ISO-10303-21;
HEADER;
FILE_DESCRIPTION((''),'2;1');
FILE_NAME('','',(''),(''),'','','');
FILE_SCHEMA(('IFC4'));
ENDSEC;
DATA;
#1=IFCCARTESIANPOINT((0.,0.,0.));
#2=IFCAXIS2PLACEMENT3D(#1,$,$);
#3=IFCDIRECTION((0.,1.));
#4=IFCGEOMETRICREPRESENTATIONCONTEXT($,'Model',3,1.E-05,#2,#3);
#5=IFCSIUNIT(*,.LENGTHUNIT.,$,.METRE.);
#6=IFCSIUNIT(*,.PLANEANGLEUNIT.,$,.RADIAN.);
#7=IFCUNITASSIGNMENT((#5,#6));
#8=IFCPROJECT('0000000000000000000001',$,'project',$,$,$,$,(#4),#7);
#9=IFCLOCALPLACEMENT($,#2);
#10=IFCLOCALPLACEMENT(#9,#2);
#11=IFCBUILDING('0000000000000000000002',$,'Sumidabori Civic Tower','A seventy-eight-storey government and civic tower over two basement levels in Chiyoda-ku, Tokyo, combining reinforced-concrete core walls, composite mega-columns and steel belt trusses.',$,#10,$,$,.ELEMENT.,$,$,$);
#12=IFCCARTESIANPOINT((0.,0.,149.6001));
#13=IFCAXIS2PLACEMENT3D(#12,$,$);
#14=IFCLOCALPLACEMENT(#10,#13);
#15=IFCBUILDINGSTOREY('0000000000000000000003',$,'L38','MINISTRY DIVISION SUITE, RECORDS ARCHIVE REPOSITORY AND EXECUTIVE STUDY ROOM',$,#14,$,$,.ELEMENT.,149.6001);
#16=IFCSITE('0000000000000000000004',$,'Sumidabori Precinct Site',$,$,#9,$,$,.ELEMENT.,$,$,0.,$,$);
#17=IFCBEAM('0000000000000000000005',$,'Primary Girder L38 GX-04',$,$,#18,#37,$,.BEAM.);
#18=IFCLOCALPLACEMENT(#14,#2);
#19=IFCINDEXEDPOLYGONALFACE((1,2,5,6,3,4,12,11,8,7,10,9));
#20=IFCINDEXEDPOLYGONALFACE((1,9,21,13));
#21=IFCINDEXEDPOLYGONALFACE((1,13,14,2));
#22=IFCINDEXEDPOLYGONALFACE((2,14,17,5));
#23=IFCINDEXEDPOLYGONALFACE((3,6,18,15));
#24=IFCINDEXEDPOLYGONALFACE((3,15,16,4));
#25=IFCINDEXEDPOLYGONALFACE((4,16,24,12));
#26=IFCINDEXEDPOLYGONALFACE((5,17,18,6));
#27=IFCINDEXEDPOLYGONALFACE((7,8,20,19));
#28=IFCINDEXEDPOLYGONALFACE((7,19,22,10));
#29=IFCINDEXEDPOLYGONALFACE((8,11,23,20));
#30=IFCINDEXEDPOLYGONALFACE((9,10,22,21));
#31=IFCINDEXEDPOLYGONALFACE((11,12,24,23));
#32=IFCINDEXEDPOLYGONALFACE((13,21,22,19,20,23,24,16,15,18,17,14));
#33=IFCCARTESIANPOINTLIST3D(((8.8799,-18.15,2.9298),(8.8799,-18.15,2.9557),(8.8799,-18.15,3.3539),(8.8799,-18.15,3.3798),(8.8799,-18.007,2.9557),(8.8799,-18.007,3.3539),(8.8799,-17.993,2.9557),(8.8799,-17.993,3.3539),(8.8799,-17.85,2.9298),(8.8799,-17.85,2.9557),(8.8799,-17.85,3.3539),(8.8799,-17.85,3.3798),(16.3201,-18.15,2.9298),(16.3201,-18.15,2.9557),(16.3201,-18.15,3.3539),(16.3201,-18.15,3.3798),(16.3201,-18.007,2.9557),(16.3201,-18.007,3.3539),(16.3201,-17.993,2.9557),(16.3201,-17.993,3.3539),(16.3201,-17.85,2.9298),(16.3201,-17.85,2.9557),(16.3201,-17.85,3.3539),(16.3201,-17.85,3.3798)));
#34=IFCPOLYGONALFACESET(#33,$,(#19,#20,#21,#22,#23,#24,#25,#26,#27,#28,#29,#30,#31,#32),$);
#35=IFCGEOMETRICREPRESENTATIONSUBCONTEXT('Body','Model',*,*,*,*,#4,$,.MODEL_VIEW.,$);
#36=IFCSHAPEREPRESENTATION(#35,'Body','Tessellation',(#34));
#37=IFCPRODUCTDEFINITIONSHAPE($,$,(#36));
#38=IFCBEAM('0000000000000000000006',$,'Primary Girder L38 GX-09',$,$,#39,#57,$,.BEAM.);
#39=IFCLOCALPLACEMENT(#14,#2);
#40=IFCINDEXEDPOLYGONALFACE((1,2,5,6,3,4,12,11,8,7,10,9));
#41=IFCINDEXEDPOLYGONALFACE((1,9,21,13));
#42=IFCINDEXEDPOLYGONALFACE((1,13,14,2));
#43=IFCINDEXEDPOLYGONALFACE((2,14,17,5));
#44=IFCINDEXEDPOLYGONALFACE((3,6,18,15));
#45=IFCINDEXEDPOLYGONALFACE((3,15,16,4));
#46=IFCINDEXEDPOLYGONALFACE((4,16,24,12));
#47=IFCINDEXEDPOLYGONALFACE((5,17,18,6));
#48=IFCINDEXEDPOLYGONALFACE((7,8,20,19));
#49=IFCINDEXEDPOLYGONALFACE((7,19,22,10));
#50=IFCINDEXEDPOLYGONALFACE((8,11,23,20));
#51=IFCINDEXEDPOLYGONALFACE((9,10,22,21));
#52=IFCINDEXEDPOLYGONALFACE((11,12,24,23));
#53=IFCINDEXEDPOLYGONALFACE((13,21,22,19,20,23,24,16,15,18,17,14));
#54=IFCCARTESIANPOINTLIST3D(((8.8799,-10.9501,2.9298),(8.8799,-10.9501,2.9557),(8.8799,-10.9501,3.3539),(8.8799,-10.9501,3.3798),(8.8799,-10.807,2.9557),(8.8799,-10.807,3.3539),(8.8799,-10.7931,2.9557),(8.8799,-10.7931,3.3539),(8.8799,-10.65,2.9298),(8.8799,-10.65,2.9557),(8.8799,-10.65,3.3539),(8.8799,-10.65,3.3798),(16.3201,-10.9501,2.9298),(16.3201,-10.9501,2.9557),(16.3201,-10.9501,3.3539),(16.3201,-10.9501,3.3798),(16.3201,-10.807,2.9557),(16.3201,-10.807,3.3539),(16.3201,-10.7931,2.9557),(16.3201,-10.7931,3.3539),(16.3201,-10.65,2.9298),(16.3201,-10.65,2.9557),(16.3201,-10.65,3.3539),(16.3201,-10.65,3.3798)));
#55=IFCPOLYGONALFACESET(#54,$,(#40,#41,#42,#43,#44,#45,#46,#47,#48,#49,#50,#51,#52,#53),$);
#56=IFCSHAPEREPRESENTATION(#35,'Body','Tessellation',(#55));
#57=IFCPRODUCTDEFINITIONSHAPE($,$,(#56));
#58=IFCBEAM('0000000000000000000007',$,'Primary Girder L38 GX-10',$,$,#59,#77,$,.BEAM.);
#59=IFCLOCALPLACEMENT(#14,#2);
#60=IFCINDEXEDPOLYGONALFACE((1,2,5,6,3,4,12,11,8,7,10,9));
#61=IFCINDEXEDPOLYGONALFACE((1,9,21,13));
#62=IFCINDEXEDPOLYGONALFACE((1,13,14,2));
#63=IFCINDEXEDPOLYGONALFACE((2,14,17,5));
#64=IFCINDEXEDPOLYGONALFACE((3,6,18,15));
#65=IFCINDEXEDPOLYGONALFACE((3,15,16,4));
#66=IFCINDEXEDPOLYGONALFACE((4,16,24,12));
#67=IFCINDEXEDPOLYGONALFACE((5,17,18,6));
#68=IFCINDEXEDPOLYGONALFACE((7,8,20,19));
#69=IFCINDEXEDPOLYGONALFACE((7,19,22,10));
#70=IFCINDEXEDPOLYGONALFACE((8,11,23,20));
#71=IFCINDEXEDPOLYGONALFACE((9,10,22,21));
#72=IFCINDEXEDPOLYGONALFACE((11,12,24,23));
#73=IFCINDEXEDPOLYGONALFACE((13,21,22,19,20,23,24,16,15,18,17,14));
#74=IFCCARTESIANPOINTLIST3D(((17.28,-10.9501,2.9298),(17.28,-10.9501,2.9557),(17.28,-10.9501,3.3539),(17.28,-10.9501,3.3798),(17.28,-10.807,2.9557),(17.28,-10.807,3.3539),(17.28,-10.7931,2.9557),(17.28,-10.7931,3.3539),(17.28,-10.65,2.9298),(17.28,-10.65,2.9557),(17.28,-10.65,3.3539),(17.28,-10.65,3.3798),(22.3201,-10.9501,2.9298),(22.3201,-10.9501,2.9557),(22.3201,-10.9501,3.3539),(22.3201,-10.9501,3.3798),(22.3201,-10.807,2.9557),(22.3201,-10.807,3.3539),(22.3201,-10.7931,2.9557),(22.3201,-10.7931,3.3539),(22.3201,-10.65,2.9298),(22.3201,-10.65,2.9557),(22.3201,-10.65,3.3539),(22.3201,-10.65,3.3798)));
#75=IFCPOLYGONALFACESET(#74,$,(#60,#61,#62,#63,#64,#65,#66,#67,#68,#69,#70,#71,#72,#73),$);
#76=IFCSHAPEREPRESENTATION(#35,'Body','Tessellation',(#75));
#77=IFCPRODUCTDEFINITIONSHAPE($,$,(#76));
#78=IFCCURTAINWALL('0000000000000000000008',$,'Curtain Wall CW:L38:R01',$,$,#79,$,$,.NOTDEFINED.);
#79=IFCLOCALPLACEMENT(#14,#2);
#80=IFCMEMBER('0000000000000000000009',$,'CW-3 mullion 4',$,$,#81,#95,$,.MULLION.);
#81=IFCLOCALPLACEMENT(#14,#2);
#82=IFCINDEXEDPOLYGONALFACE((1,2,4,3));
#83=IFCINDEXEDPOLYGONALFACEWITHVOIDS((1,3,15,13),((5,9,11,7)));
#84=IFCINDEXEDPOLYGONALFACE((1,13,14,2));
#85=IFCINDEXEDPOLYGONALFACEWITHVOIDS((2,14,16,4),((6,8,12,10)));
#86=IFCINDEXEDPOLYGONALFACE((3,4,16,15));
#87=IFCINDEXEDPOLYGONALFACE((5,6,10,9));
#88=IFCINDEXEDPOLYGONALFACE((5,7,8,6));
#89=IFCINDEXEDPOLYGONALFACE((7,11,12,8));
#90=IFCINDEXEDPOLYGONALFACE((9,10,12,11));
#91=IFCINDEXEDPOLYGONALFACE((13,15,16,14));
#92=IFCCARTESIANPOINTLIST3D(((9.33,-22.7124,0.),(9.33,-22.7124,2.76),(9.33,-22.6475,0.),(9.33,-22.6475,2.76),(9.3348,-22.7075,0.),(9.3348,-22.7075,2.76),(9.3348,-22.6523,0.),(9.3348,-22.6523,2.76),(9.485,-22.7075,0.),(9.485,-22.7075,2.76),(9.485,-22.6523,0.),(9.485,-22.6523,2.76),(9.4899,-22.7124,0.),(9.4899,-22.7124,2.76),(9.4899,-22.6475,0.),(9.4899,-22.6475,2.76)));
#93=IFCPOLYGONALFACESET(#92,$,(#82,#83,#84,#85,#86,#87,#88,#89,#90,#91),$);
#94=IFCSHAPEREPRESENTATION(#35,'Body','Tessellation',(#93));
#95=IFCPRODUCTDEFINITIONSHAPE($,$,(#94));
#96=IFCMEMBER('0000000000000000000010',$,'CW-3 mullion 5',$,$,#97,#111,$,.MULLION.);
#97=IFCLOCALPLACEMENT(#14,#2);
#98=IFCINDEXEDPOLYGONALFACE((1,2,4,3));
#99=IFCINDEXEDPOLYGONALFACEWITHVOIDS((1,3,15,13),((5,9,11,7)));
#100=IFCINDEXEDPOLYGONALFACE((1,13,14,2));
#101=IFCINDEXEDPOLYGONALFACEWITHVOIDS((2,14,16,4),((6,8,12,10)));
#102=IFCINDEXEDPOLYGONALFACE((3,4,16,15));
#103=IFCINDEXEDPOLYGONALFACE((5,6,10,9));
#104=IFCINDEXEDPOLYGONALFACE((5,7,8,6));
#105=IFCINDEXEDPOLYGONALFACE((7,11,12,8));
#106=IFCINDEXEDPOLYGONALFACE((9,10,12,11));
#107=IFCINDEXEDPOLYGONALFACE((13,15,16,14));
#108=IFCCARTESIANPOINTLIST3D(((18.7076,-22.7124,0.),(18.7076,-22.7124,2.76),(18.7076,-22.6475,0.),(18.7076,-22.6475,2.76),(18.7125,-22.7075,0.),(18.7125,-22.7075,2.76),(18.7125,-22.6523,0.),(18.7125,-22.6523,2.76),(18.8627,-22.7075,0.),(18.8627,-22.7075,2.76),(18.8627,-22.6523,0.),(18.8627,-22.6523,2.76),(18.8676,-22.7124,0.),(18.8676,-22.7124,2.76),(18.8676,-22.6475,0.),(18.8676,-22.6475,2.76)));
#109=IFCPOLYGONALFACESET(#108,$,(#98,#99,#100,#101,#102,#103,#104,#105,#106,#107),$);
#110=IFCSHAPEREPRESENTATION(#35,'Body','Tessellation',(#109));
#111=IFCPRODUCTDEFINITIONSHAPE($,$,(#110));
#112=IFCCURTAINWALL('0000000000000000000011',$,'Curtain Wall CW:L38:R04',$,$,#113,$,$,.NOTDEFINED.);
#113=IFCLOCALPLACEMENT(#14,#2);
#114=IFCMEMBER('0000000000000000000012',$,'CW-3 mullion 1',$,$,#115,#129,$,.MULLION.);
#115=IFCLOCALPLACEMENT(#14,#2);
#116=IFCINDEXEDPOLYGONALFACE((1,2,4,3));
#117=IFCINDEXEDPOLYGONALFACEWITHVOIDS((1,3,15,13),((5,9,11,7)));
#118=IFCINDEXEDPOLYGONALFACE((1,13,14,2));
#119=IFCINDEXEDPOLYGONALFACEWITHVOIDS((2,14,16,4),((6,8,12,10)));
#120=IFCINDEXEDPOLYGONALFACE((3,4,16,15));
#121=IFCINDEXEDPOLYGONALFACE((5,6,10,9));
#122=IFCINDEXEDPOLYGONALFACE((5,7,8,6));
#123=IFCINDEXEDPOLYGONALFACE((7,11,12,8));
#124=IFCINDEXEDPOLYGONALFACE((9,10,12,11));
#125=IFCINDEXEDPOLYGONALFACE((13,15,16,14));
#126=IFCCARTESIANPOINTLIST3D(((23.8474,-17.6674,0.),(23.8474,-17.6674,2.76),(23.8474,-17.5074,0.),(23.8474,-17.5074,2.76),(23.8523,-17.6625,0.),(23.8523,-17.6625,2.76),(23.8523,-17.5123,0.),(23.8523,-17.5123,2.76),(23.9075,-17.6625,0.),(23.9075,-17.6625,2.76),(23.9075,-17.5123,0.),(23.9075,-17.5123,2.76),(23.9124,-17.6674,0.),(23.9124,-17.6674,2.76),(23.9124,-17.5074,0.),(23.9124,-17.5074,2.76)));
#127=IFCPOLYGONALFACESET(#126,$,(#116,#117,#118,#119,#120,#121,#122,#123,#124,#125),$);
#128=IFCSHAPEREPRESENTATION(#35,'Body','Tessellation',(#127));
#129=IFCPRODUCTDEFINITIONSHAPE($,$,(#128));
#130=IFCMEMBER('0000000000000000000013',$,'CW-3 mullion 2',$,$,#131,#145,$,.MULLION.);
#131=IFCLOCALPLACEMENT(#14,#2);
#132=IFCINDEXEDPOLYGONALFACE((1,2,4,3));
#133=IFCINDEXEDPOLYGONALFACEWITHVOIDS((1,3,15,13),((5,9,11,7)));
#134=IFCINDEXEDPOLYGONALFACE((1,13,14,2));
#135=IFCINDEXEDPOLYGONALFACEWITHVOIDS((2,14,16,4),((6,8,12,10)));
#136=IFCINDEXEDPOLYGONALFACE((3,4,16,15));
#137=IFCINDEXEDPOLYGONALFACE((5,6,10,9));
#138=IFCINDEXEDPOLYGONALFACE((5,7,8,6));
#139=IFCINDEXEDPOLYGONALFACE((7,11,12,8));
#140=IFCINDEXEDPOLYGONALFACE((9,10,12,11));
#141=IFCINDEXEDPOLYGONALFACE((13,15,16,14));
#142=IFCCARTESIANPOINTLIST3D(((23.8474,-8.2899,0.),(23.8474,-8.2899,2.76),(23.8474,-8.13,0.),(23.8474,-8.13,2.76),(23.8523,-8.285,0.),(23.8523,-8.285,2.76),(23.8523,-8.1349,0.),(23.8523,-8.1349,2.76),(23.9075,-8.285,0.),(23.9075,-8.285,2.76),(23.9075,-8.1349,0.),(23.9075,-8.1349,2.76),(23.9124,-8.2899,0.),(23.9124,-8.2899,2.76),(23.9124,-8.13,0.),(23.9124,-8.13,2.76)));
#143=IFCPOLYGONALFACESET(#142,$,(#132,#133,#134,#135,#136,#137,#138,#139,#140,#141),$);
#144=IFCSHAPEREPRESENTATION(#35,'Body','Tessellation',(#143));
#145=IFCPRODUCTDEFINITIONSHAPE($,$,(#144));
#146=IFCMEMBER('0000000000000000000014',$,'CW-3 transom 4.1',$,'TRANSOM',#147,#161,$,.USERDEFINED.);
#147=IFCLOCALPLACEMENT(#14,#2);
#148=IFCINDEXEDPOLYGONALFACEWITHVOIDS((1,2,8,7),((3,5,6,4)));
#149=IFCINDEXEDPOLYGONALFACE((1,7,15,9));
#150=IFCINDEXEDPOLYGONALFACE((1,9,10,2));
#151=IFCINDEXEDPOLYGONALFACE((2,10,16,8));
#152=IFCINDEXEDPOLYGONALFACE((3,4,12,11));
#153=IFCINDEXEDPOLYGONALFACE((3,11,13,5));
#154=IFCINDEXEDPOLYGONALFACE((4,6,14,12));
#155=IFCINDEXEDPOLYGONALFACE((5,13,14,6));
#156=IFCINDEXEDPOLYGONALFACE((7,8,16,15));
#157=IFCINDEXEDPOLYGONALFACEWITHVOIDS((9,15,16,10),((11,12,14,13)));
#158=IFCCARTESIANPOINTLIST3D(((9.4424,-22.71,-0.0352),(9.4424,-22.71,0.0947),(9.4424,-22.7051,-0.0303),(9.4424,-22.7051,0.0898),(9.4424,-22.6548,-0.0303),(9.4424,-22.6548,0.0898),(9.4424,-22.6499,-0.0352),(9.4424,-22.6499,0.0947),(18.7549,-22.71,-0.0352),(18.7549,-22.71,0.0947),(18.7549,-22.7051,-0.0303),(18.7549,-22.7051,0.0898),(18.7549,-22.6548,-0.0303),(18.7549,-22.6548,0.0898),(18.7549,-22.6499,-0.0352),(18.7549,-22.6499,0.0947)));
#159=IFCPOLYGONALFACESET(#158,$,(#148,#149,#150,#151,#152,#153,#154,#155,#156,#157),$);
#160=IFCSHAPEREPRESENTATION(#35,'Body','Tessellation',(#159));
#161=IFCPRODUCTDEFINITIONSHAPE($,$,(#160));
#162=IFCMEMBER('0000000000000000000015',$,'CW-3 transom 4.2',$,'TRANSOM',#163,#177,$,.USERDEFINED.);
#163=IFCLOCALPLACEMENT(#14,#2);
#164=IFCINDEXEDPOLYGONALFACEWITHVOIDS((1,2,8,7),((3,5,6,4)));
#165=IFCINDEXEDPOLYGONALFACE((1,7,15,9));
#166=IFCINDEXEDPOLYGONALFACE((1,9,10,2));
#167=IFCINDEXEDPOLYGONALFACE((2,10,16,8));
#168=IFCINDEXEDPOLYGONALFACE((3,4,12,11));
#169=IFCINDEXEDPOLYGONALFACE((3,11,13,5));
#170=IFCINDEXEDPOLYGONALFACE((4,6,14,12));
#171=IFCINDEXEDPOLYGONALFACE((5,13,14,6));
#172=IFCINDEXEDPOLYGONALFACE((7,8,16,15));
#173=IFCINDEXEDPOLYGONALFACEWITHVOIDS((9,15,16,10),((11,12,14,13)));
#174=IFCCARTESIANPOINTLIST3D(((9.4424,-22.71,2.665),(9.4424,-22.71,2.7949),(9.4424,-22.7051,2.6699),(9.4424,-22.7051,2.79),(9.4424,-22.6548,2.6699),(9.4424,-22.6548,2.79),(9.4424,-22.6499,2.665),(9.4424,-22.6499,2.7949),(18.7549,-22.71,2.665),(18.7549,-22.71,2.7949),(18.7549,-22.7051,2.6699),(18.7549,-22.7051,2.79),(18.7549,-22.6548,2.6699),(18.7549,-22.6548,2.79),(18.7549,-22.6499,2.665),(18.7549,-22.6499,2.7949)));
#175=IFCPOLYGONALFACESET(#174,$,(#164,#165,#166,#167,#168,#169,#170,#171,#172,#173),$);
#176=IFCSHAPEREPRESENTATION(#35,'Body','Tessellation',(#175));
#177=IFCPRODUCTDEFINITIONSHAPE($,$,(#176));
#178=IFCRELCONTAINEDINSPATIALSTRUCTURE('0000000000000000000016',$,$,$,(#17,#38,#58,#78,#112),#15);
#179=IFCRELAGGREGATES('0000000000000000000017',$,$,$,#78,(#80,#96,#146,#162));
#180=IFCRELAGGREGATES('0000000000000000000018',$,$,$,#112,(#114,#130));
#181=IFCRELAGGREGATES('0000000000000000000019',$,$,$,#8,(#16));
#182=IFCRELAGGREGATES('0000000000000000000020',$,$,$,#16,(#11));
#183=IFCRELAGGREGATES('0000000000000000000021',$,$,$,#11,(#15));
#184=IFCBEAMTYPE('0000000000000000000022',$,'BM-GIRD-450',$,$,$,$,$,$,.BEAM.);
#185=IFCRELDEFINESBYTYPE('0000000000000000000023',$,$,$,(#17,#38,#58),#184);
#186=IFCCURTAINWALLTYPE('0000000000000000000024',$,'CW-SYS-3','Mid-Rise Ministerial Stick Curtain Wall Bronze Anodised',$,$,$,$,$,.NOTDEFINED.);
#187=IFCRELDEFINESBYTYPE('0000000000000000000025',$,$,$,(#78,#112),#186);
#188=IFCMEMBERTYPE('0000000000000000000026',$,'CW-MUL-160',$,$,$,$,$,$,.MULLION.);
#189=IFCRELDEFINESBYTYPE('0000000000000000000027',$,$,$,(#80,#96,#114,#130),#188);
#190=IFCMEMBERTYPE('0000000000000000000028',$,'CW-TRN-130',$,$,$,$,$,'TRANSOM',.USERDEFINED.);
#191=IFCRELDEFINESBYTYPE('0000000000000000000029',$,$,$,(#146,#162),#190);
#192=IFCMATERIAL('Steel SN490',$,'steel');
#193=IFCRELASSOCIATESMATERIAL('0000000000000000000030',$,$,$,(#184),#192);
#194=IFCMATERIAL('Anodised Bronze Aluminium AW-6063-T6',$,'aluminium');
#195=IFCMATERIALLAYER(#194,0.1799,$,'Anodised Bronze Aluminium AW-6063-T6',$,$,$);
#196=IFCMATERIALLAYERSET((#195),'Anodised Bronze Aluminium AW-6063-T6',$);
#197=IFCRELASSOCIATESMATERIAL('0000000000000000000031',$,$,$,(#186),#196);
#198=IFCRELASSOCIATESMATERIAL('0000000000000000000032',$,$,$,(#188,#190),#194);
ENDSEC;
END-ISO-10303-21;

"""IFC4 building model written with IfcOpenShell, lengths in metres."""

from ifc_helpers import new_model, si_unit, direction, frame, origin, origin_2d, place, context, subcontext, project, spatial, hollow_rectangle, i_section, extrude, source, transform, mapped, material, layer, layer_set, material_profile, profile_set, type_object, element, aggregate, save


model = new_model("IFC4")

# Units and contexts
model_context = context("Model", 3, precision=1e-05, world=origin(), true_north=direction((0.0, 1.0)))
body_context = subcontext(model_context, "Body", "Model", "MODEL_VIEW")
ifc_project = project(units=[si_unit("LENGTHUNIT", "METRE"), si_unit("PLANEANGLEUNIT", "RADIAN")], contexts=[model_context])

# Site, building, storey
site_placement = place(None, origin())
site = spatial("IfcSite", under=ifc_project, at=site_placement, Name="Sumidabori Precinct Site", CompositionType="ELEMENT", RefElevation=0.0)
building_placement = place(site_placement, origin())
building = spatial("IfcBuilding", under=site, at=building_placement, Name="Sumidabori Civic Tower", Description="A seventy-eight-storey government and civic tower over two basement levels in Chiyoda-ku, Tokyo, combining reinforced-concrete core walls, composite mega-columns and steel belt trusses.", CompositionType="ELEMENT")
storey_placement = place(building_placement, frame((0.0, 0.0, 149.6001)))
storey = spatial("IfcBuildingStorey", under=building, at=storey_placement, Name="L38", Description="MINISTRY DIVISION SUITE, RECORDS ARCHIVE REPOSITORY AND EXECUTIVE STUDY ROOM", CompositionType="ELEMENT", Elevation=149.6001)

# Beams
ifc_material_1 = material(Name="Steel SN490", Category="steel")
ifc_material_profile_1 = material_profile(ifc_material_1, i_section(OverallWidth=0.3, OverallDepth=0.45, WebThickness=0.0139, FlangeThickness=0.0259, at=origin_2d()), Name="HE 450 B")
ifc_profile_set_1 = profile_set([ifc_material_profile_1], Name="Steel SN490")
beam_type_1 = type_object("IfcBeamType", Name="BM-GIRD-450", PredefinedType="BEAM", material=ifc_profile_set_1)
shared_shape_1 = source(origin(), body_context, "Body", "SweptSolid", [
    extrude(i_section(OverallWidth=0.3, OverallDepth=0.45, WebThickness=0.0139, FlangeThickness=0.0259, at=origin_2d()), origin(), (0.0, 0.0, 1.0), 7.4402),
])
for number, where, z_axis, x_axis, name in (
    (1, (8.8799, -18.0, 3.1548), (1.0, 0.0, 0.0), (0.0, 1.0, 0.0), "Primary Girder L38 GX-04"),
    (2, (8.8799, -10.8, 3.1548), (1.0, 0.0, 0.0), (0.0, 1.0, 0.0), "Primary Girder L38 GX-09"),
):
    element("IfcBeam", number, at=place(storey_placement, frame(where, z_axis=z_axis, x_axis=x_axis)), inside=storey, type_object=beam_type_1, Name=name, PredefinedType="BEAM", context=body_context, shape_type="MappedRepresentation", body=[
        mapped(shared_shape_1, transform((0.0, 0.0, 0.0), x_axis=(1.0, 0.0, 0.0), y_axis=(0.0, 1.0, 0.0), z_axis=(0.0, 0.0, 1.0), scale=1.0)),
    ])
shared_shape_2 = source(origin(), body_context, "Body", "SweptSolid", [
    extrude(i_section(OverallWidth=0.3, OverallDepth=0.45, WebThickness=0.0139, FlangeThickness=0.0259, at=origin_2d()), origin(), (0.0, 0.0, 1.0), 5.04),
])
beam_1_placement = place(storey_placement, frame((17.28, -10.8, 3.1548), z_axis=(1.0, 0.0, 0.0), x_axis=(0.0, 1.0, 0.0)))
element("IfcBeam", 3, at=beam_1_placement, inside=storey, type_object=beam_type_1, Name="Primary Girder L38 GX-10", PredefinedType="BEAM", context=body_context, shape_type="MappedRepresentation", body=[
    mapped(shared_shape_2, transform((0.0, 0.0, 0.0), x_axis=(1.0, 0.0, 0.0), y_axis=(0.0, 1.0, 0.0), z_axis=(0.0, 0.0, 1.0), scale=1.0)),
])

# Curtain walls, members
ifc_material_2 = material(Name="Anodised Bronze Aluminium AW-6063-T6", Category="aluminium")
ifc_layer_1 = layer(ifc_material_2, 0.1799, Name="Anodised Bronze Aluminium AW-6063-T6")
ifc_layer_set_1 = layer_set([ifc_layer_1], Name="Anodised Bronze Aluminium AW-6063-T6")
curtain_wall_type = type_object("IfcCurtainWallType", Name="CW-SYS-3", Description="Mid-Rise Ministerial Stick Curtain Wall Bronze Anodised", PredefinedType="NOTDEFINED", material=ifc_layer_set_1)
curtain_wall_1_placement = place(storey_placement, origin())
curtain_wall_1 = element("IfcCurtainWall", 4, at=curtain_wall_1_placement, inside=storey, type_object=curtain_wall_type, Name="Curtain Wall CW:L38:R01", PredefinedType="NOTDEFINED")
ifc_material_profile_2 = material_profile(ifc_material_2, hollow_rectangle(XDim=0.0649, YDim=0.1599, WallThickness=0.0049, at=origin_2d()), Name="ALU MULLION 160x65")
ifc_profile_set_2 = profile_set([ifc_material_profile_2], Name="Anodised Bronze Aluminium AW-6063-T6")
member_type_1 = type_object("IfcMemberType", Name="CW-MUL-160", PredefinedType="MULLION", material=ifc_profile_set_2)
shared_shape_3 = source(origin(), body_context, "Body", "SweptSolid", [
    extrude(hollow_rectangle(XDim=0.0649, YDim=0.1599, WallThickness=0.0049, at=origin_2d()), origin(), (0.0, 0.0, 1.0), 2.76),
])
member_1_placement = place(storey_placement, frame((9.4099, -22.6799, 0.0), z_axis=(0.0, 0.0, 1.0), x_axis=(0.0, 1.0, 0.0)))
member_1 = element("IfcMember", 5, at=member_1_placement, type_object=member_type_1, Name="CW-3 mullion 4", PredefinedType="MULLION", context=body_context, shape_type="MappedRepresentation", body=[
    mapped(shared_shape_3, transform((0.0, 0.0, 0.0), x_axis=(1.0, 0.0, 0.0), y_axis=(0.0, 1.0, 0.0), z_axis=(0.0, 0.0, 1.0), scale=1.0)),
])
member_2_placement = place(storey_placement, frame((18.7876, -22.6799, 0.0), z_axis=(0.0, 0.0, 1.0), x_axis=(0.0, 1.0, 0.0)))
member_2 = element("IfcMember", 6, at=member_2_placement, type_object=member_type_1, Name="CW-3 mullion 5", PredefinedType="MULLION", context=body_context, shape_type="MappedRepresentation", body=[
    mapped(shared_shape_3, transform((0.0, 0.0, 0.0), x_axis=(1.0, 0.0, 0.0), y_axis=(0.0, 1.0, 0.0), z_axis=(0.0, 0.0, 1.0), scale=1.0)),
])
curtain_wall_2_placement = place(storey_placement, origin())
curtain_wall_2 = element("IfcCurtainWall", 7, at=curtain_wall_2_placement, inside=storey, type_object=curtain_wall_type, Name="Curtain Wall CW:L38:R04", PredefinedType="NOTDEFINED")
member_3_placement = place(storey_placement, frame((23.8799, -17.5874, 0.0), z_axis=(0.0, 0.0, 1.0), x_axis=(-1.0, 0.0, 0.0)))
member_3 = element("IfcMember", 8, at=member_3_placement, type_object=member_type_1, Name="CW-3 mullion 1", PredefinedType="MULLION", context=body_context, shape_type="MappedRepresentation", body=[
    mapped(shared_shape_3, transform((0.0, 0.0, 0.0), x_axis=(1.0, 0.0, 0.0), y_axis=(0.0, 1.0, 0.0), z_axis=(0.0, 0.0, 1.0), scale=1.0)),
])
member_4_placement = place(storey_placement, frame((23.8799, -8.21, 0.0), z_axis=(0.0, 0.0, 1.0), x_axis=(-1.0, 0.0, 0.0)))
member_4 = element("IfcMember", 9, at=member_4_placement, type_object=member_type_1, Name="CW-3 mullion 2", PredefinedType="MULLION", context=body_context, shape_type="MappedRepresentation", body=[
    mapped(shared_shape_3, transform((0.0, 0.0, 0.0), x_axis=(1.0, 0.0, 0.0), y_axis=(0.0, 1.0, 0.0), z_axis=(0.0, 0.0, 1.0), scale=1.0)),
])

# Members
ifc_material_profile_3 = material_profile(ifc_material_2, hollow_rectangle(XDim=0.0601, YDim=0.1299, WallThickness=0.0049, at=origin_2d()), Name="ALU TRANSOM 130x60")
ifc_profile_set_3 = profile_set([ifc_material_profile_3], Name="Anodised Bronze Aluminium AW-6063-T6")
member_type_2 = type_object("IfcMemberType", Name="CW-TRN-130", ElementType="TRANSOM", PredefinedType="USERDEFINED", material=ifc_profile_set_3)
shared_shape_4 = source(origin(), body_context, "Body", "SweptSolid", [
    extrude(hollow_rectangle(XDim=0.0601, YDim=0.1299, WallThickness=0.0049, at=origin_2d()), origin(), (0.0, 0.0, 1.0), 9.3125),
])
member_5_placement = place(storey_placement, frame((9.4424, -22.6799, 0.0298), z_axis=(1.0, 0.0, 0.0), x_axis=(0.0, 1.0, 0.0)))
member_5 = element("IfcMember", 10, at=member_5_placement, type_object=member_type_2, Name="CW-3 transom 4.1", ObjectType="TRANSOM", PredefinedType="USERDEFINED", context=body_context, shape_type="MappedRepresentation", body=[
    mapped(shared_shape_4, transform((0.0, 0.0, 0.0), x_axis=(1.0, 0.0, 0.0), y_axis=(0.0, 1.0, 0.0), z_axis=(0.0, 0.0, 1.0), scale=1.0)),
])
member_6_placement = place(storey_placement, frame((9.4424, -22.6799, 2.73), z_axis=(1.0, 0.0, 0.0), x_axis=(0.0, 1.0, 0.0)))
member_6 = element("IfcMember", 11, at=member_6_placement, type_object=member_type_2, Name="CW-3 transom 4.2", ObjectType="TRANSOM", PredefinedType="USERDEFINED", context=body_context, shape_type="MappedRepresentation", body=[
    mapped(shared_shape_4, transform((0.0, 0.0, 0.0), x_axis=(1.0, 0.0, 0.0), y_axis=(0.0, 1.0, 0.0), z_axis=(0.0, 0.0, 1.0), scale=1.0)),
])

aggregate(curtain_wall_1, [member_1, member_2, member_5, member_6])
aggregate(curtain_wall_2, [member_3, member_4])

save(model, "model.ifc")
